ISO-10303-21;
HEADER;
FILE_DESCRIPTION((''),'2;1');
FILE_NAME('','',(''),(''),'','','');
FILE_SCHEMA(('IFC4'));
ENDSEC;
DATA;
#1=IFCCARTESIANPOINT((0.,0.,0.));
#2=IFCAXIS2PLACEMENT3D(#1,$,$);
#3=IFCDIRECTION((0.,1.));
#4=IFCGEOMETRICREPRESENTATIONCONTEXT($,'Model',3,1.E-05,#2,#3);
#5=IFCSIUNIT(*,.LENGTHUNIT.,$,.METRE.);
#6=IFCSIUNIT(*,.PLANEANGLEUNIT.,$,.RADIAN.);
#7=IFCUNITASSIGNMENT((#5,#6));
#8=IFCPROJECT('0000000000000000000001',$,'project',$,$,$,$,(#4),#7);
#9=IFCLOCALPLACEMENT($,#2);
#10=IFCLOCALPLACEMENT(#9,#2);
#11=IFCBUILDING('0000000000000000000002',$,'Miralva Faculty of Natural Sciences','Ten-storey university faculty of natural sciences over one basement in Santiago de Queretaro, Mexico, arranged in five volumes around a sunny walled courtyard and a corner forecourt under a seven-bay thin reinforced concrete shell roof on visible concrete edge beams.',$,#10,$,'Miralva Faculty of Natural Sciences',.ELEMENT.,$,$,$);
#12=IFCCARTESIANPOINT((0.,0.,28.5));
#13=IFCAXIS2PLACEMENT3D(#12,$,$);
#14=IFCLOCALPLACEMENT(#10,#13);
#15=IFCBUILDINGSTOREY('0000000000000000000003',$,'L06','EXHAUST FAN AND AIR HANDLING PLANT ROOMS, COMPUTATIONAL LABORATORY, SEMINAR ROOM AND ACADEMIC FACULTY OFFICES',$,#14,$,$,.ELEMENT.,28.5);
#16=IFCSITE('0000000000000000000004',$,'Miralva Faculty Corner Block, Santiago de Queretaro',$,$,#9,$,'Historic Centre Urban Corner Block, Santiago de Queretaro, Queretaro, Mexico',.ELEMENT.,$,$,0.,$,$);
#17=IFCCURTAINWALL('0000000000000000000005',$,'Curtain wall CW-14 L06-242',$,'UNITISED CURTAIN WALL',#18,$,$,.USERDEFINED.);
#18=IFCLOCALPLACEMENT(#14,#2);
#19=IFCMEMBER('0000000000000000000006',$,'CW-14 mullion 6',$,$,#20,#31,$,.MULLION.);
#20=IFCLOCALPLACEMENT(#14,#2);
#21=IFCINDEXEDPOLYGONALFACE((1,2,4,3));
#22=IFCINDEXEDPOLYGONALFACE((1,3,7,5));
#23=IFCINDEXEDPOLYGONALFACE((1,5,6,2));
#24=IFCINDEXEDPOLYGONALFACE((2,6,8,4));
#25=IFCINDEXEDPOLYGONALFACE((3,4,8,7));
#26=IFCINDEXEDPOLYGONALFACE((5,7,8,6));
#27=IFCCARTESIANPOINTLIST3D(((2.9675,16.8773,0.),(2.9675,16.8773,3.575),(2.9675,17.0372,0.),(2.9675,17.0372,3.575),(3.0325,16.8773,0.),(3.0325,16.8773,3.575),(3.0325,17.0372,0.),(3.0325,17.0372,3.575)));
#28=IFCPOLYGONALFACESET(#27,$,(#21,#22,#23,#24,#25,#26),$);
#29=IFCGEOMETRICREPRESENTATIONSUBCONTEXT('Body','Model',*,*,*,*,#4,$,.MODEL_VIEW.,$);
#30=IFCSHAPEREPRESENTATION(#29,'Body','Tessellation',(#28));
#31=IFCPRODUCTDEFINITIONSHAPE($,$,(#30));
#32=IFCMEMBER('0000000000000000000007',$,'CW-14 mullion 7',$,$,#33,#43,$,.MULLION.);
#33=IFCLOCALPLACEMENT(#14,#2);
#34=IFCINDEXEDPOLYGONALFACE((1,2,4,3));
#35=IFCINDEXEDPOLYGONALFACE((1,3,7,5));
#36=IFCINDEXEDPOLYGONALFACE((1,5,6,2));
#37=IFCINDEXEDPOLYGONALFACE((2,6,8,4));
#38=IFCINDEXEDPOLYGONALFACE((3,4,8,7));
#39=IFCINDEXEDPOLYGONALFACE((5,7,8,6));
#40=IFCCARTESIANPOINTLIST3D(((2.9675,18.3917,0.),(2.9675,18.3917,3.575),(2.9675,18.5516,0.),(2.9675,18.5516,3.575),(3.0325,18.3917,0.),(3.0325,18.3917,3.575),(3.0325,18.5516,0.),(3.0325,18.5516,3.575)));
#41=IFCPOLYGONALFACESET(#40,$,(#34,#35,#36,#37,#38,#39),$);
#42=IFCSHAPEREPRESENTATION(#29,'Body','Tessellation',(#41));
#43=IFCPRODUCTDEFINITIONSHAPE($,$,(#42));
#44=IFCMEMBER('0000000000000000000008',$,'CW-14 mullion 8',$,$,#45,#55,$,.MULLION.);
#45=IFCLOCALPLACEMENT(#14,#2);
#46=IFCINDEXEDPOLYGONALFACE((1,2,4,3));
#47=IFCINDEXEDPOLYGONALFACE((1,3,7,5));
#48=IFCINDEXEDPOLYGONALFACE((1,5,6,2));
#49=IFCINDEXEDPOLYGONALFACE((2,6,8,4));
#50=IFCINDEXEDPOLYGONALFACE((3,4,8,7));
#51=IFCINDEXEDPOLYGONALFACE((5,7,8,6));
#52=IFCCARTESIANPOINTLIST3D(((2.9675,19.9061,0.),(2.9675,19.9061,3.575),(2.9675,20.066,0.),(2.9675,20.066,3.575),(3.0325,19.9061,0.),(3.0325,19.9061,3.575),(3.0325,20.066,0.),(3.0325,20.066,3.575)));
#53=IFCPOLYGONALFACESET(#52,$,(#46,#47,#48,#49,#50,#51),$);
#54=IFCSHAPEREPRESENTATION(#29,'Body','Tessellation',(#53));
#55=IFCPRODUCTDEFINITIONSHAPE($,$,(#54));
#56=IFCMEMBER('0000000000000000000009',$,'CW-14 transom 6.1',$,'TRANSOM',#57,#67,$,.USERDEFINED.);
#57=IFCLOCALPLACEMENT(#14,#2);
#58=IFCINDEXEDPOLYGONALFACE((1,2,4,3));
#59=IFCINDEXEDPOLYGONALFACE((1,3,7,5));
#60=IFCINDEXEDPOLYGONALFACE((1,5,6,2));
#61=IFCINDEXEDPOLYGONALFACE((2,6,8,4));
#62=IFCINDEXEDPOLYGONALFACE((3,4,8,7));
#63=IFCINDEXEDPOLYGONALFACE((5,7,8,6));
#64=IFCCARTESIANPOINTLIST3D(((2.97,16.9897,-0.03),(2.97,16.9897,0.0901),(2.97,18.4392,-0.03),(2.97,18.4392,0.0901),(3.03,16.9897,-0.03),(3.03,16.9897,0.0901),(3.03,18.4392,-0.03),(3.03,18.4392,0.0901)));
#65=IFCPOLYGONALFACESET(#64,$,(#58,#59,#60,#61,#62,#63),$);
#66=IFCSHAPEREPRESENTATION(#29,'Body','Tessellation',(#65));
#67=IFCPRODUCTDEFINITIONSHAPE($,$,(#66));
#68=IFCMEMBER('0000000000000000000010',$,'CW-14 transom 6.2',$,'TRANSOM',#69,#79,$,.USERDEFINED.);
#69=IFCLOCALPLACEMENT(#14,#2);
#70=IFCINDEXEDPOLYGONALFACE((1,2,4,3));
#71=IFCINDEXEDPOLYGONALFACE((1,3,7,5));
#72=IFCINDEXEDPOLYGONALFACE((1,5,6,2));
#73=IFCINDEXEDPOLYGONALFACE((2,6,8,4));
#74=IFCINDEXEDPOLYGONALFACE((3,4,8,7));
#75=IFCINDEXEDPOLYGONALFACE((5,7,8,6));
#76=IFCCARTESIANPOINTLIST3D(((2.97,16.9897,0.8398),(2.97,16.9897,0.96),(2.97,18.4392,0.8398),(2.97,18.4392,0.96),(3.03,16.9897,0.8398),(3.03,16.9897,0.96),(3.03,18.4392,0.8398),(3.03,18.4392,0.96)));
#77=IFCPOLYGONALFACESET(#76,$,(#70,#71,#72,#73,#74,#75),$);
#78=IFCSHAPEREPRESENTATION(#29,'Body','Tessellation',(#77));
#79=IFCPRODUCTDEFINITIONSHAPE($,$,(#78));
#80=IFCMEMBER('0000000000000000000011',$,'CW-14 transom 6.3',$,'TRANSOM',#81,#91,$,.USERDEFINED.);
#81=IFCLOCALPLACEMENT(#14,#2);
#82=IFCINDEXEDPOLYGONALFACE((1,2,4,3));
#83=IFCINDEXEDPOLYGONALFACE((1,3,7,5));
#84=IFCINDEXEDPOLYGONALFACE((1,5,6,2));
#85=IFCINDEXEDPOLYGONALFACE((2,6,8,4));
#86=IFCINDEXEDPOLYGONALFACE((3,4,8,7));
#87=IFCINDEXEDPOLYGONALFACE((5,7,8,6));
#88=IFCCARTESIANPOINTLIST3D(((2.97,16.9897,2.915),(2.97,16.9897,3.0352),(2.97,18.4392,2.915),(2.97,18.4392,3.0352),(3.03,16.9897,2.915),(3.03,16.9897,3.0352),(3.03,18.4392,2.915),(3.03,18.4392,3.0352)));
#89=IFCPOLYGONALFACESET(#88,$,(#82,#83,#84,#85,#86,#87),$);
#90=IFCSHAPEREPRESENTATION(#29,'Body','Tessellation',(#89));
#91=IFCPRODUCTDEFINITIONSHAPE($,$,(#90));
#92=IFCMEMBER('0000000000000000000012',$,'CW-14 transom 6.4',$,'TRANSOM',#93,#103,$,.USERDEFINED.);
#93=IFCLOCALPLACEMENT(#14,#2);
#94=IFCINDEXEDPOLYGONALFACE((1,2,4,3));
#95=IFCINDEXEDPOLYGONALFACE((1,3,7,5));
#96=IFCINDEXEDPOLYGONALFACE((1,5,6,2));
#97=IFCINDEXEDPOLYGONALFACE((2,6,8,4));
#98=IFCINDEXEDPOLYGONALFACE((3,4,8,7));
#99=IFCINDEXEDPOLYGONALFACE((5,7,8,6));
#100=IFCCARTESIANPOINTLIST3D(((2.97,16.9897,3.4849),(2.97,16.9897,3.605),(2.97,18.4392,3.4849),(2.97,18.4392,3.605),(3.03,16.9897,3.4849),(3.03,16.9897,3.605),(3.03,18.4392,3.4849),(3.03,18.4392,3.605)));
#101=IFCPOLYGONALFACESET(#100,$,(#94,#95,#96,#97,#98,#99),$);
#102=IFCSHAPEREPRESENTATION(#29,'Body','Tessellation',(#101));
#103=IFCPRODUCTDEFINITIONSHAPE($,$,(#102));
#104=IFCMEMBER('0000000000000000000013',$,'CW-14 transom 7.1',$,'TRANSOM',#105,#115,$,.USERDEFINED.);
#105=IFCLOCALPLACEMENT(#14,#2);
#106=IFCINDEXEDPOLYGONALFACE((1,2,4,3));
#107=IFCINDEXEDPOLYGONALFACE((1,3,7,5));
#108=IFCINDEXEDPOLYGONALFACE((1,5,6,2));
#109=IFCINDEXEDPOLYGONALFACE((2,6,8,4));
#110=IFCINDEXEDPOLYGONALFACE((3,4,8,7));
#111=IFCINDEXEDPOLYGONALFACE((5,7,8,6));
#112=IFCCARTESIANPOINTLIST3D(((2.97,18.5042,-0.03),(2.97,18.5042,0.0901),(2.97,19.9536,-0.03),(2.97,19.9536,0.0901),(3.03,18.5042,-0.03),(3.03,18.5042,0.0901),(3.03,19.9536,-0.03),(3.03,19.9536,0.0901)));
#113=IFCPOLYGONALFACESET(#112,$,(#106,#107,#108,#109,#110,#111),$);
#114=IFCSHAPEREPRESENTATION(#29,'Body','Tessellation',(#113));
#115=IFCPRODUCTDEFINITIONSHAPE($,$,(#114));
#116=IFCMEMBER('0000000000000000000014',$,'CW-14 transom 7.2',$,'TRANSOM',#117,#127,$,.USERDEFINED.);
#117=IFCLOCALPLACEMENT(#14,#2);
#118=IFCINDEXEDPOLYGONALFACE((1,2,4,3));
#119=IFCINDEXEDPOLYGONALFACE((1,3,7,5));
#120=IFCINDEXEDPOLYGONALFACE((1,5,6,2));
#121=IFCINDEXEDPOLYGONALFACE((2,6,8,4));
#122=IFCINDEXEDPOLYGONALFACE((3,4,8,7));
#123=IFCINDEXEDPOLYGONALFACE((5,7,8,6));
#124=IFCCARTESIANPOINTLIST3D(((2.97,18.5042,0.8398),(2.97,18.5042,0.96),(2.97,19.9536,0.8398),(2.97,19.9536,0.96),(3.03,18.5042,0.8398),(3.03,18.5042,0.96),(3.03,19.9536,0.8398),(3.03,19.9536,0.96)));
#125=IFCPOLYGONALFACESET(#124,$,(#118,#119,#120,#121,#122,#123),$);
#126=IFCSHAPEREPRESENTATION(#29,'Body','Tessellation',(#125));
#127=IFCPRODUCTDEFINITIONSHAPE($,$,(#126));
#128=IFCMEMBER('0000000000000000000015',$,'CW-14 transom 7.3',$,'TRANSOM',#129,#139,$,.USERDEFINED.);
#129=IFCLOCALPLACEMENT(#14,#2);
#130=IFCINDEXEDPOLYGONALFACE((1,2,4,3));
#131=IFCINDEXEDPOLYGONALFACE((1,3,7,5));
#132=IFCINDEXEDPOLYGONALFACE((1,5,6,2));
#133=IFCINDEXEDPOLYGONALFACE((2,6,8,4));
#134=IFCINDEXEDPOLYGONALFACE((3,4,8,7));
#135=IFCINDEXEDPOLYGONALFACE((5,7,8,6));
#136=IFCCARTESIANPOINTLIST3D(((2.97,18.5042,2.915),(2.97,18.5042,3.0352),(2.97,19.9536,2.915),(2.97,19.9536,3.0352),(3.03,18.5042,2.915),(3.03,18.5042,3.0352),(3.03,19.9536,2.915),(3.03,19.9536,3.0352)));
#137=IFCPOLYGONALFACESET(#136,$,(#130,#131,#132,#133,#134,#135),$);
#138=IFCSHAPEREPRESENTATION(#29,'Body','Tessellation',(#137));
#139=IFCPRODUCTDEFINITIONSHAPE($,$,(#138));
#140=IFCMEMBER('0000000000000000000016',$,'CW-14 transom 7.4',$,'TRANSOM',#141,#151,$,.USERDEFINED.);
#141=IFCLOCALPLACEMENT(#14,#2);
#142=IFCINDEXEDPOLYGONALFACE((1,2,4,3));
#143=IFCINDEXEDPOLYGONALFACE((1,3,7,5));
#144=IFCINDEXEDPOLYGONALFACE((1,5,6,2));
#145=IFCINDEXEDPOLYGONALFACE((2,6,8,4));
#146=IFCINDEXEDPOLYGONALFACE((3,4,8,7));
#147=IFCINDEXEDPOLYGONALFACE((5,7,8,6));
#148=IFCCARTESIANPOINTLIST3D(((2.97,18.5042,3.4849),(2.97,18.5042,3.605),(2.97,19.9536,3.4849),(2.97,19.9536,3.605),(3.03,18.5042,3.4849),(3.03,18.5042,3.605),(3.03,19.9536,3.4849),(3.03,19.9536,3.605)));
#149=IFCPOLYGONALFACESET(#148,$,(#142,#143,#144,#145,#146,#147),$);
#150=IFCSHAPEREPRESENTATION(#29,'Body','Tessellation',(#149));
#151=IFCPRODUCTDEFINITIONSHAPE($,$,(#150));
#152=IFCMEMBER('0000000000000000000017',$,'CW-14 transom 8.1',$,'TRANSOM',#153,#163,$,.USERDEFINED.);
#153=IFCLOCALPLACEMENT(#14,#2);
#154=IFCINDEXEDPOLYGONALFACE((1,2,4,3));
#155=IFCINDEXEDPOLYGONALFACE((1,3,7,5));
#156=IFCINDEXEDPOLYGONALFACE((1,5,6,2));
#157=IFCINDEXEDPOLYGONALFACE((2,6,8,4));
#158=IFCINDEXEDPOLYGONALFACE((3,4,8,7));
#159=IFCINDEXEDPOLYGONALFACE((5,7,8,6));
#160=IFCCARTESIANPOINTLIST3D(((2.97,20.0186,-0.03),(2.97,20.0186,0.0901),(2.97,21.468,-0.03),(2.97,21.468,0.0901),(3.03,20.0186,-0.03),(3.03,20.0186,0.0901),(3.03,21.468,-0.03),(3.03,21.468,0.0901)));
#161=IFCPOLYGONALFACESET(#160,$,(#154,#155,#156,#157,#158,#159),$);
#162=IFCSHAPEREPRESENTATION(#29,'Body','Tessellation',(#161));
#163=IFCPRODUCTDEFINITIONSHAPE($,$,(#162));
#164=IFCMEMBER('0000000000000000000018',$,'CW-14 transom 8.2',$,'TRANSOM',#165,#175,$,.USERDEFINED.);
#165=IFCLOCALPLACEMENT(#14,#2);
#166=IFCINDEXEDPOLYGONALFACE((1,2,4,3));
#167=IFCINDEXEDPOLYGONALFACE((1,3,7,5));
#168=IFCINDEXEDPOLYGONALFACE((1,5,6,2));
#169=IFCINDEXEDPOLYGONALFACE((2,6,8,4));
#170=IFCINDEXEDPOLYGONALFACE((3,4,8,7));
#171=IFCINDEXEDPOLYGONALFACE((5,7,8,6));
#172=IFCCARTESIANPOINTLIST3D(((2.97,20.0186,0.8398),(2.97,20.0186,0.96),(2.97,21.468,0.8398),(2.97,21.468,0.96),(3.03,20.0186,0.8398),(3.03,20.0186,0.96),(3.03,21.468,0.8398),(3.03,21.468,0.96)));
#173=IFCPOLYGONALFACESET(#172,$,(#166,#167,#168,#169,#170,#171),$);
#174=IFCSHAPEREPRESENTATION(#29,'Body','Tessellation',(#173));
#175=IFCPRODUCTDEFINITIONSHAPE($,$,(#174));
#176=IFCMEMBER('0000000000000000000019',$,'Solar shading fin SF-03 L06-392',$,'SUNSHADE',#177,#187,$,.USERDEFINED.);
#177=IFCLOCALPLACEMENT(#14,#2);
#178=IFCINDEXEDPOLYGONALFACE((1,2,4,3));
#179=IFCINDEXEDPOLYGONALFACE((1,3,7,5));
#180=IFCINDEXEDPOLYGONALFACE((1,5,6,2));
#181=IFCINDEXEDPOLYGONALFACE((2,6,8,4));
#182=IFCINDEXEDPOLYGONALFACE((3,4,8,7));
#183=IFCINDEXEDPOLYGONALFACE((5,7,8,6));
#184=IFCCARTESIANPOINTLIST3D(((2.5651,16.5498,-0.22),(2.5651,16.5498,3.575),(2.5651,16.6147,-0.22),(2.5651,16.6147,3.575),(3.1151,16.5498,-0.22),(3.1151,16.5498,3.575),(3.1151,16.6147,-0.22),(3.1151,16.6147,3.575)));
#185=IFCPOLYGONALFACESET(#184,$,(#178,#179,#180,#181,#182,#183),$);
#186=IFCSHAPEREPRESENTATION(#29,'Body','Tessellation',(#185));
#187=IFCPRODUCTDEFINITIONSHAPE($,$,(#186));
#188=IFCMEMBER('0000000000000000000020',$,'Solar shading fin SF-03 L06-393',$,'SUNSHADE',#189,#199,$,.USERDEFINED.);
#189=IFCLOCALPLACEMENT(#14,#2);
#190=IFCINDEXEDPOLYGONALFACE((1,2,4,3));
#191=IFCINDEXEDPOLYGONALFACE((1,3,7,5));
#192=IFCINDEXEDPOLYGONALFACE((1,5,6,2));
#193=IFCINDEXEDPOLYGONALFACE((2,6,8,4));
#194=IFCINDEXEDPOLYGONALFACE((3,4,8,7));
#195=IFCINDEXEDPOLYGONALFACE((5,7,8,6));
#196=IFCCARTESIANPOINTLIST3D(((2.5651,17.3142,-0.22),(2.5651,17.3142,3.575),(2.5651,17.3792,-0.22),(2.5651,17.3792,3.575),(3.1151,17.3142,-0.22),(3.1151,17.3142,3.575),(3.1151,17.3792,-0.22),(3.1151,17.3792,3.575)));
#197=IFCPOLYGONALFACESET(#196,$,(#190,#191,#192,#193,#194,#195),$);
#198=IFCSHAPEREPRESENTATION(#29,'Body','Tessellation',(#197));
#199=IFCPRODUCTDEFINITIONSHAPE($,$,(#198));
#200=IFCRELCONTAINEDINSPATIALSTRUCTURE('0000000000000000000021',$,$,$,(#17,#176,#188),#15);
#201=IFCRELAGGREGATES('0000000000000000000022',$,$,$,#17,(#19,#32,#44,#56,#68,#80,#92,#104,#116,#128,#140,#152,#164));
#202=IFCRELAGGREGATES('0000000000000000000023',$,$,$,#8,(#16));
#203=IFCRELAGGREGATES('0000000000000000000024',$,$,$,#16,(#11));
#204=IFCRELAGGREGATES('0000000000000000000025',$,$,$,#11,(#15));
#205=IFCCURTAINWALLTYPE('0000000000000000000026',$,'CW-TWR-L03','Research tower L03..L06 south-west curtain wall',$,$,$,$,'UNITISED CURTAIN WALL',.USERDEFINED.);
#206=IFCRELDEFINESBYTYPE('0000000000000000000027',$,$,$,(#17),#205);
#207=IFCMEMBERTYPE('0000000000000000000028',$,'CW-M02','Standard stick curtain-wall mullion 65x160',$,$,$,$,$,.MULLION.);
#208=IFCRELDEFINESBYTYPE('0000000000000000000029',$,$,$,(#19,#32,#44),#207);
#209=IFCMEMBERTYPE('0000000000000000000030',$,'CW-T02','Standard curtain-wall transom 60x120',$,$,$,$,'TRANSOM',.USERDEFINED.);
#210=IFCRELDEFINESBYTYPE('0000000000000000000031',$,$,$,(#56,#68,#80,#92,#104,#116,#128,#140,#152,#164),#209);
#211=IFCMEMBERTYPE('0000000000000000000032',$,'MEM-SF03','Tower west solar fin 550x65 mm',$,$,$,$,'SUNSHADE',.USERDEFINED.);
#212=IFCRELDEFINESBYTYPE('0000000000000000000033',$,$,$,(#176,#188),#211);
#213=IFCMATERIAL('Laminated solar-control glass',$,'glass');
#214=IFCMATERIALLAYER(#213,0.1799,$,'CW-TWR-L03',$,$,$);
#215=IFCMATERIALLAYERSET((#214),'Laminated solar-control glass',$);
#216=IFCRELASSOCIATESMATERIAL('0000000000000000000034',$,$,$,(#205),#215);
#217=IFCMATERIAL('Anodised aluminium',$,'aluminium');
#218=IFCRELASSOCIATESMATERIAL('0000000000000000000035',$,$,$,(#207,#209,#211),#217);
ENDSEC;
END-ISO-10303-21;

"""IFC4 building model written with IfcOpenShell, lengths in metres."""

from ifc_helpers import new_model, si_unit, direction, frame, origin, origin_2d, place, context, subcontext, project, spatial, rectangle, extrude, material, layer, layer_set, material_profile, profile_set, type_object, element, aggregate, save


model = new_model("IFC4")

# Units and contexts
model_context = context("Model", 3, precision=1e-05, world=origin(), true_north=direction((0.0, 1.0)))
body_context = subcontext(model_context, "Body", "Model", "MODEL_VIEW")
ifc_project = project(units=[si_unit("LENGTHUNIT", "METRE"), si_unit("PLANEANGLEUNIT", "RADIAN")], contexts=[model_context])

# Site, building, storey
site_placement = place(None, origin())
site = spatial("IfcSite", under=ifc_project, at=site_placement, Name="Miralva Faculty Corner Block, Santiago de Queretaro", LongName="Historic Centre Urban Corner Block, Santiago de Queretaro, Queretaro, Mexico", CompositionType="ELEMENT", RefElevation=0.0)
building_placement = place(site_placement, origin())
building = spatial("IfcBuilding", under=site, at=building_placement, Name="Miralva Faculty of Natural Sciences", Description="Ten-storey university faculty of natural sciences over one basement in Santiago de Queretaro, Mexico, arranged in five volumes around a sunny walled courtyard and a corner forecourt under a seven-bay thin reinforced concrete shell roof on visible concrete edge beams.", LongName="Miralva Faculty of Natural Sciences", CompositionType="ELEMENT")
storey_placement = place(building_placement, frame((0.0, 0.0, 28.5)))
storey = spatial("IfcBuildingStorey", under=building, at=storey_placement, Name="L06", Description="EXHAUST FAN AND AIR HANDLING PLANT ROOMS, COMPUTATIONAL LABORATORY, SEMINAR ROOM AND ACADEMIC FACULTY OFFICES", CompositionType="ELEMENT", Elevation=28.5)

# Curtain wall, members
ifc_material_1 = material(Name="Laminated solar-control glass", Category="glass")
ifc_layer_1 = layer(ifc_material_1, 0.1799, Name="CW-TWR-L03")
ifc_layer_set_1 = layer_set([ifc_layer_1], Name="Laminated solar-control glass")
curtain_wall_type = type_object("IfcCurtainWallType", Name="CW-TWR-L03", Description="Research tower L03..L06 south-west curtain wall", ElementType="UNITISED CURTAIN WALL", PredefinedType="USERDEFINED", material=ifc_layer_set_1)
curtain_wall_placement = place(storey_placement, origin())
curtain_wall = element("IfcCurtainWall", 1, at=curtain_wall_placement, inside=storey, type_object=curtain_wall_type, Name="Curtain wall CW-14 L06-242", ObjectType="UNITISED CURTAIN WALL", PredefinedType="USERDEFINED")
ifc_material_2 = material(Name="Anodised aluminium", Category="aluminium")
ifc_material_profile_1 = material_profile(ifc_material_2, rectangle(XDim=0.0649, YDim=0.1599, at=origin_2d()), Name="MULLION 65x160")
ifc_profile_set_1 = profile_set([ifc_material_profile_1], Name="Anodised aluminium")
member_type_1 = type_object("IfcMemberType", Name="CW-M02", Description="Standard stick curtain-wall mullion 65x160", PredefinedType="MULLION", material=ifc_profile_set_1)
member_1_placement = place(storey_placement, frame((3.0, 16.9573, 0.0), z_axis=(0.0, 0.0, 1.0), x_axis=(-1.0, 0.0, 0.0)))
member_1 = element("IfcMember", 2, at=member_1_placement, type_object=member_type_1, Name="CW-14 mullion 6", PredefinedType="MULLION", context=body_context, shape_type="SweptSolid", body=[
    extrude(rectangle(XDim=0.0649, YDim=0.1599, at=origin_2d()), origin(), (0.0, 0.0, 1.0), 3.575),
])
member_2_placement = place(storey_placement, frame((3.0, 18.4717, 0.0), z_axis=(0.0, 0.0, 1.0), x_axis=(-1.0, 0.0, 0.0)))
member_2 = element("IfcMember", 3, at=member_2_placement, type_object=member_type_1, Name="CW-14 mullion 7", PredefinedType="MULLION", context=body_context, shape_type="SweptSolid", body=[
    extrude(rectangle(XDim=0.0649, YDim=0.1599, at=origin_2d()), origin(), (0.0, 0.0, 1.0), 3.575),
])
member_3_placement = place(storey_placement, frame((3.0, 19.9861, 0.0), z_axis=(0.0, 0.0, 1.0), x_axis=(-1.0, 0.0, 0.0)))
member_3 = element("IfcMember", 4, at=member_3_placement, type_object=member_type_1, Name="CW-14 mullion 8", PredefinedType="MULLION", context=body_context, shape_type="SweptSolid", body=[
    extrude(rectangle(XDim=0.0649, YDim=0.1599, at=origin_2d()), origin(), (0.0, 0.0, 1.0), 3.575),
])
ifc_material_profile_2 = material_profile(ifc_material_2, rectangle(XDim=0.0601, YDim=0.1201, at=origin_2d()), Name="TRANSOM 60x120")
ifc_profile_set_2 = profile_set([ifc_material_profile_2], Name="Anodised aluminium")
member_type_2 = type_object("IfcMemberType", Name="CW-T02", Description="Standard curtain-wall transom 60x120", ElementType="TRANSOM", PredefinedType="USERDEFINED", material=ifc_profile_set_2)
member_4_placement = place(storey_placement, frame((3.0, 16.9897, 0.03), z_axis=(0.0, 1.0, 0.0), x_axis=(-1.0, 0.0, 0.0)))
member_4 = element("IfcMember", 5, at=member_4_placement, type_object=member_type_2, Name="CW-14 transom 6.1", ObjectType="TRANSOM", PredefinedType="USERDEFINED", context=body_context, shape_type="SweptSolid", body=[
    extrude(rectangle(XDim=0.0601, YDim=0.1201, at=origin_2d()), origin(), (0.0, 0.0, 1.0), 1.4495),
])
member_5_placement = place(storey_placement, frame((3.0, 16.9897, 0.8999), z_axis=(0.0, 1.0, 0.0), x_axis=(-1.0, 0.0, 0.0)))
member_5 = element("IfcMember", 6, at=member_5_placement, type_object=member_type_2, Name="CW-14 transom 6.2", ObjectType="TRANSOM", PredefinedType="USERDEFINED", context=body_context, shape_type="SweptSolid", body=[
    extrude(rectangle(XDim=0.0601, YDim=0.1201, at=origin_2d()), origin(), (0.0, 0.0, 1.0), 1.4495),
])
member_6_placement = place(storey_placement, frame((3.0, 16.9897, 2.9751), z_axis=(0.0, 1.0, 0.0), x_axis=(-1.0, 0.0, 0.0)))
member_6 = element("IfcMember", 7, at=member_6_placement, type_object=member_type_2, Name="CW-14 transom 6.3", ObjectType="TRANSOM", PredefinedType="USERDEFINED", context=body_context, shape_type="SweptSolid", body=[
    extrude(rectangle(XDim=0.0601, YDim=0.1201, at=origin_2d()), origin(), (0.0, 0.0, 1.0), 1.4495),
])
member_7_placement = place(storey_placement, frame((3.0, 16.9897, 3.5449), z_axis=(0.0, 1.0, 0.0), x_axis=(-1.0, 0.0, 0.0)))
member_7 = element("IfcMember", 8, at=member_7_placement, type_object=member_type_2, Name="CW-14 transom 6.4", ObjectType="TRANSOM", PredefinedType="USERDEFINED", context=body_context, shape_type="SweptSolid", body=[
    extrude(rectangle(XDim=0.0601, YDim=0.1201, at=origin_2d()), origin(), (0.0, 0.0, 1.0), 1.4495),
])
member_8_placement = place(storey_placement, frame((3.0, 18.5042, 0.03), z_axis=(0.0, 1.0, 0.0), x_axis=(-1.0, 0.0, 0.0)))
member_8 = element("IfcMember", 9, at=member_8_placement, type_object=member_type_2, Name="CW-14 transom 7.1", ObjectType="TRANSOM", PredefinedType="USERDEFINED", context=body_context, shape_type="SweptSolid", body=[
    extrude(rectangle(XDim=0.0601, YDim=0.1201, at=origin_2d()), origin(), (0.0, 0.0, 1.0), 1.4495),
])
member_9_placement = place(storey_placement, frame((3.0, 18.5042, 0.8999), z_axis=(0.0, 1.0, 0.0), x_axis=(-1.0, 0.0, 0.0)))
member_9 = element("IfcMember", 10, at=member_9_placement, type_object=member_type_2, Name="CW-14 transom 7.2", ObjectType="TRANSOM", PredefinedType="USERDEFINED", context=body_context, shape_type="SweptSolid", body=[
    extrude(rectangle(XDim=0.0601, YDim=0.1201, at=origin_2d()), origin(), (0.0, 0.0, 1.0), 1.4495),
])
member_10_placement = place(storey_placement, frame((3.0, 18.5042, 2.9751), z_axis=(0.0, 1.0, 0.0), x_axis=(-1.0, 0.0, 0.0)))
member_10 = element("IfcMember", 11, at=member_10_placement, type_object=member_type_2, Name="CW-14 transom 7.3", ObjectType="TRANSOM", PredefinedType="USERDEFINED", context=body_context, shape_type="SweptSolid", body=[
    extrude(rectangle(XDim=0.0601, YDim=0.1201, at=origin_2d()), origin(), (0.0, 0.0, 1.0), 1.4495),
])
member_11_placement = place(storey_placement, frame((3.0, 18.5042, 3.5449), z_axis=(0.0, 1.0, 0.0), x_axis=(-1.0, 0.0, 0.0)))
member_11 = element("IfcMember", 12, at=member_11_placement, type_object=member_type_2, Name="CW-14 transom 7.4", ObjectType="TRANSOM", PredefinedType="USERDEFINED", context=body_context, shape_type="SweptSolid", body=[
    extrude(rectangle(XDim=0.0601, YDim=0.1201, at=origin_2d()), origin(), (0.0, 0.0, 1.0), 1.4495),
])
member_12_placement = place(storey_placement, frame((3.0, 20.0186, 0.03), z_axis=(0.0, 1.0, 0.0), x_axis=(-1.0, 0.0, 0.0)))
member_12 = element("IfcMember", 13, at=member_12_placement, type_object=member_type_2, Name="CW-14 transom 8.1", ObjectType="TRANSOM", PredefinedType="USERDEFINED", context=body_context, shape_type="SweptSolid", body=[
    extrude(rectangle(XDim=0.0601, YDim=0.1201, at=origin_2d()), origin(), (0.0, 0.0, 1.0), 1.4495),
])
member_13_placement = place(storey_placement, frame((3.0, 20.0186, 0.8999), z_axis=(0.0, 1.0, 0.0), x_axis=(-1.0, 0.0, 0.0)))
member_13 = element("IfcMember", 14, at=member_13_placement, type_object=member_type_2, Name="CW-14 transom 8.2", ObjectType="TRANSOM", PredefinedType="USERDEFINED", context=body_context, shape_type="SweptSolid", body=[
    extrude(rectangle(XDim=0.0601, YDim=0.1201, at=origin_2d()), origin(), (0.0, 0.0, 1.0), 1.4495),
])

# Members
ifc_material_profile_3 = material_profile(ifc_material_2, rectangle(XDim=0.0649, YDim=0.55, at=origin_2d()), Name="FIN 550x65")
ifc_profile_set_3 = profile_set([ifc_material_profile_3], Name="Anodised aluminium")
member_type_3 = type_object("IfcMemberType", Name="MEM-SF03", Description="Tower west solar fin 550x65 mm", ElementType="SUNSHADE", PredefinedType="USERDEFINED", material=ifc_profile_set_3)
for number, where, z_axis, x_axis, name in (
    (15, (2.8401, 16.5823, -0.22), (0.0, 0.0, 1.0), (0.0, -1.0, 0.0), "Solar shading fin SF-03 L06-392"),
    (16, (2.8401, 17.3467, -0.22), (0.0, 0.0, 1.0), (0.0, -1.0, 0.0), "Solar shading fin SF-03 L06-393"),
):
    element("IfcMember", number, at=place(storey_placement, frame(where, z_axis=z_axis, x_axis=x_axis)), inside=storey, type_object=member_type_3, Name=name, ObjectType="SUNSHADE", PredefinedType="USERDEFINED", context=body_context, shape_type="SweptSolid", body=[
        extrude(rectangle(XDim=0.0649, YDim=0.55, at=origin_2d()), origin(), (0.0, 0.0, 1.0), 3.7949),
    ])

aggregate(curtain_wall, [member_1, member_2, member_3, member_4, member_5, member_6, member_7, member_8, member_9, member_10, member_11, member_12, member_13])

save(model, "model.ifc")
